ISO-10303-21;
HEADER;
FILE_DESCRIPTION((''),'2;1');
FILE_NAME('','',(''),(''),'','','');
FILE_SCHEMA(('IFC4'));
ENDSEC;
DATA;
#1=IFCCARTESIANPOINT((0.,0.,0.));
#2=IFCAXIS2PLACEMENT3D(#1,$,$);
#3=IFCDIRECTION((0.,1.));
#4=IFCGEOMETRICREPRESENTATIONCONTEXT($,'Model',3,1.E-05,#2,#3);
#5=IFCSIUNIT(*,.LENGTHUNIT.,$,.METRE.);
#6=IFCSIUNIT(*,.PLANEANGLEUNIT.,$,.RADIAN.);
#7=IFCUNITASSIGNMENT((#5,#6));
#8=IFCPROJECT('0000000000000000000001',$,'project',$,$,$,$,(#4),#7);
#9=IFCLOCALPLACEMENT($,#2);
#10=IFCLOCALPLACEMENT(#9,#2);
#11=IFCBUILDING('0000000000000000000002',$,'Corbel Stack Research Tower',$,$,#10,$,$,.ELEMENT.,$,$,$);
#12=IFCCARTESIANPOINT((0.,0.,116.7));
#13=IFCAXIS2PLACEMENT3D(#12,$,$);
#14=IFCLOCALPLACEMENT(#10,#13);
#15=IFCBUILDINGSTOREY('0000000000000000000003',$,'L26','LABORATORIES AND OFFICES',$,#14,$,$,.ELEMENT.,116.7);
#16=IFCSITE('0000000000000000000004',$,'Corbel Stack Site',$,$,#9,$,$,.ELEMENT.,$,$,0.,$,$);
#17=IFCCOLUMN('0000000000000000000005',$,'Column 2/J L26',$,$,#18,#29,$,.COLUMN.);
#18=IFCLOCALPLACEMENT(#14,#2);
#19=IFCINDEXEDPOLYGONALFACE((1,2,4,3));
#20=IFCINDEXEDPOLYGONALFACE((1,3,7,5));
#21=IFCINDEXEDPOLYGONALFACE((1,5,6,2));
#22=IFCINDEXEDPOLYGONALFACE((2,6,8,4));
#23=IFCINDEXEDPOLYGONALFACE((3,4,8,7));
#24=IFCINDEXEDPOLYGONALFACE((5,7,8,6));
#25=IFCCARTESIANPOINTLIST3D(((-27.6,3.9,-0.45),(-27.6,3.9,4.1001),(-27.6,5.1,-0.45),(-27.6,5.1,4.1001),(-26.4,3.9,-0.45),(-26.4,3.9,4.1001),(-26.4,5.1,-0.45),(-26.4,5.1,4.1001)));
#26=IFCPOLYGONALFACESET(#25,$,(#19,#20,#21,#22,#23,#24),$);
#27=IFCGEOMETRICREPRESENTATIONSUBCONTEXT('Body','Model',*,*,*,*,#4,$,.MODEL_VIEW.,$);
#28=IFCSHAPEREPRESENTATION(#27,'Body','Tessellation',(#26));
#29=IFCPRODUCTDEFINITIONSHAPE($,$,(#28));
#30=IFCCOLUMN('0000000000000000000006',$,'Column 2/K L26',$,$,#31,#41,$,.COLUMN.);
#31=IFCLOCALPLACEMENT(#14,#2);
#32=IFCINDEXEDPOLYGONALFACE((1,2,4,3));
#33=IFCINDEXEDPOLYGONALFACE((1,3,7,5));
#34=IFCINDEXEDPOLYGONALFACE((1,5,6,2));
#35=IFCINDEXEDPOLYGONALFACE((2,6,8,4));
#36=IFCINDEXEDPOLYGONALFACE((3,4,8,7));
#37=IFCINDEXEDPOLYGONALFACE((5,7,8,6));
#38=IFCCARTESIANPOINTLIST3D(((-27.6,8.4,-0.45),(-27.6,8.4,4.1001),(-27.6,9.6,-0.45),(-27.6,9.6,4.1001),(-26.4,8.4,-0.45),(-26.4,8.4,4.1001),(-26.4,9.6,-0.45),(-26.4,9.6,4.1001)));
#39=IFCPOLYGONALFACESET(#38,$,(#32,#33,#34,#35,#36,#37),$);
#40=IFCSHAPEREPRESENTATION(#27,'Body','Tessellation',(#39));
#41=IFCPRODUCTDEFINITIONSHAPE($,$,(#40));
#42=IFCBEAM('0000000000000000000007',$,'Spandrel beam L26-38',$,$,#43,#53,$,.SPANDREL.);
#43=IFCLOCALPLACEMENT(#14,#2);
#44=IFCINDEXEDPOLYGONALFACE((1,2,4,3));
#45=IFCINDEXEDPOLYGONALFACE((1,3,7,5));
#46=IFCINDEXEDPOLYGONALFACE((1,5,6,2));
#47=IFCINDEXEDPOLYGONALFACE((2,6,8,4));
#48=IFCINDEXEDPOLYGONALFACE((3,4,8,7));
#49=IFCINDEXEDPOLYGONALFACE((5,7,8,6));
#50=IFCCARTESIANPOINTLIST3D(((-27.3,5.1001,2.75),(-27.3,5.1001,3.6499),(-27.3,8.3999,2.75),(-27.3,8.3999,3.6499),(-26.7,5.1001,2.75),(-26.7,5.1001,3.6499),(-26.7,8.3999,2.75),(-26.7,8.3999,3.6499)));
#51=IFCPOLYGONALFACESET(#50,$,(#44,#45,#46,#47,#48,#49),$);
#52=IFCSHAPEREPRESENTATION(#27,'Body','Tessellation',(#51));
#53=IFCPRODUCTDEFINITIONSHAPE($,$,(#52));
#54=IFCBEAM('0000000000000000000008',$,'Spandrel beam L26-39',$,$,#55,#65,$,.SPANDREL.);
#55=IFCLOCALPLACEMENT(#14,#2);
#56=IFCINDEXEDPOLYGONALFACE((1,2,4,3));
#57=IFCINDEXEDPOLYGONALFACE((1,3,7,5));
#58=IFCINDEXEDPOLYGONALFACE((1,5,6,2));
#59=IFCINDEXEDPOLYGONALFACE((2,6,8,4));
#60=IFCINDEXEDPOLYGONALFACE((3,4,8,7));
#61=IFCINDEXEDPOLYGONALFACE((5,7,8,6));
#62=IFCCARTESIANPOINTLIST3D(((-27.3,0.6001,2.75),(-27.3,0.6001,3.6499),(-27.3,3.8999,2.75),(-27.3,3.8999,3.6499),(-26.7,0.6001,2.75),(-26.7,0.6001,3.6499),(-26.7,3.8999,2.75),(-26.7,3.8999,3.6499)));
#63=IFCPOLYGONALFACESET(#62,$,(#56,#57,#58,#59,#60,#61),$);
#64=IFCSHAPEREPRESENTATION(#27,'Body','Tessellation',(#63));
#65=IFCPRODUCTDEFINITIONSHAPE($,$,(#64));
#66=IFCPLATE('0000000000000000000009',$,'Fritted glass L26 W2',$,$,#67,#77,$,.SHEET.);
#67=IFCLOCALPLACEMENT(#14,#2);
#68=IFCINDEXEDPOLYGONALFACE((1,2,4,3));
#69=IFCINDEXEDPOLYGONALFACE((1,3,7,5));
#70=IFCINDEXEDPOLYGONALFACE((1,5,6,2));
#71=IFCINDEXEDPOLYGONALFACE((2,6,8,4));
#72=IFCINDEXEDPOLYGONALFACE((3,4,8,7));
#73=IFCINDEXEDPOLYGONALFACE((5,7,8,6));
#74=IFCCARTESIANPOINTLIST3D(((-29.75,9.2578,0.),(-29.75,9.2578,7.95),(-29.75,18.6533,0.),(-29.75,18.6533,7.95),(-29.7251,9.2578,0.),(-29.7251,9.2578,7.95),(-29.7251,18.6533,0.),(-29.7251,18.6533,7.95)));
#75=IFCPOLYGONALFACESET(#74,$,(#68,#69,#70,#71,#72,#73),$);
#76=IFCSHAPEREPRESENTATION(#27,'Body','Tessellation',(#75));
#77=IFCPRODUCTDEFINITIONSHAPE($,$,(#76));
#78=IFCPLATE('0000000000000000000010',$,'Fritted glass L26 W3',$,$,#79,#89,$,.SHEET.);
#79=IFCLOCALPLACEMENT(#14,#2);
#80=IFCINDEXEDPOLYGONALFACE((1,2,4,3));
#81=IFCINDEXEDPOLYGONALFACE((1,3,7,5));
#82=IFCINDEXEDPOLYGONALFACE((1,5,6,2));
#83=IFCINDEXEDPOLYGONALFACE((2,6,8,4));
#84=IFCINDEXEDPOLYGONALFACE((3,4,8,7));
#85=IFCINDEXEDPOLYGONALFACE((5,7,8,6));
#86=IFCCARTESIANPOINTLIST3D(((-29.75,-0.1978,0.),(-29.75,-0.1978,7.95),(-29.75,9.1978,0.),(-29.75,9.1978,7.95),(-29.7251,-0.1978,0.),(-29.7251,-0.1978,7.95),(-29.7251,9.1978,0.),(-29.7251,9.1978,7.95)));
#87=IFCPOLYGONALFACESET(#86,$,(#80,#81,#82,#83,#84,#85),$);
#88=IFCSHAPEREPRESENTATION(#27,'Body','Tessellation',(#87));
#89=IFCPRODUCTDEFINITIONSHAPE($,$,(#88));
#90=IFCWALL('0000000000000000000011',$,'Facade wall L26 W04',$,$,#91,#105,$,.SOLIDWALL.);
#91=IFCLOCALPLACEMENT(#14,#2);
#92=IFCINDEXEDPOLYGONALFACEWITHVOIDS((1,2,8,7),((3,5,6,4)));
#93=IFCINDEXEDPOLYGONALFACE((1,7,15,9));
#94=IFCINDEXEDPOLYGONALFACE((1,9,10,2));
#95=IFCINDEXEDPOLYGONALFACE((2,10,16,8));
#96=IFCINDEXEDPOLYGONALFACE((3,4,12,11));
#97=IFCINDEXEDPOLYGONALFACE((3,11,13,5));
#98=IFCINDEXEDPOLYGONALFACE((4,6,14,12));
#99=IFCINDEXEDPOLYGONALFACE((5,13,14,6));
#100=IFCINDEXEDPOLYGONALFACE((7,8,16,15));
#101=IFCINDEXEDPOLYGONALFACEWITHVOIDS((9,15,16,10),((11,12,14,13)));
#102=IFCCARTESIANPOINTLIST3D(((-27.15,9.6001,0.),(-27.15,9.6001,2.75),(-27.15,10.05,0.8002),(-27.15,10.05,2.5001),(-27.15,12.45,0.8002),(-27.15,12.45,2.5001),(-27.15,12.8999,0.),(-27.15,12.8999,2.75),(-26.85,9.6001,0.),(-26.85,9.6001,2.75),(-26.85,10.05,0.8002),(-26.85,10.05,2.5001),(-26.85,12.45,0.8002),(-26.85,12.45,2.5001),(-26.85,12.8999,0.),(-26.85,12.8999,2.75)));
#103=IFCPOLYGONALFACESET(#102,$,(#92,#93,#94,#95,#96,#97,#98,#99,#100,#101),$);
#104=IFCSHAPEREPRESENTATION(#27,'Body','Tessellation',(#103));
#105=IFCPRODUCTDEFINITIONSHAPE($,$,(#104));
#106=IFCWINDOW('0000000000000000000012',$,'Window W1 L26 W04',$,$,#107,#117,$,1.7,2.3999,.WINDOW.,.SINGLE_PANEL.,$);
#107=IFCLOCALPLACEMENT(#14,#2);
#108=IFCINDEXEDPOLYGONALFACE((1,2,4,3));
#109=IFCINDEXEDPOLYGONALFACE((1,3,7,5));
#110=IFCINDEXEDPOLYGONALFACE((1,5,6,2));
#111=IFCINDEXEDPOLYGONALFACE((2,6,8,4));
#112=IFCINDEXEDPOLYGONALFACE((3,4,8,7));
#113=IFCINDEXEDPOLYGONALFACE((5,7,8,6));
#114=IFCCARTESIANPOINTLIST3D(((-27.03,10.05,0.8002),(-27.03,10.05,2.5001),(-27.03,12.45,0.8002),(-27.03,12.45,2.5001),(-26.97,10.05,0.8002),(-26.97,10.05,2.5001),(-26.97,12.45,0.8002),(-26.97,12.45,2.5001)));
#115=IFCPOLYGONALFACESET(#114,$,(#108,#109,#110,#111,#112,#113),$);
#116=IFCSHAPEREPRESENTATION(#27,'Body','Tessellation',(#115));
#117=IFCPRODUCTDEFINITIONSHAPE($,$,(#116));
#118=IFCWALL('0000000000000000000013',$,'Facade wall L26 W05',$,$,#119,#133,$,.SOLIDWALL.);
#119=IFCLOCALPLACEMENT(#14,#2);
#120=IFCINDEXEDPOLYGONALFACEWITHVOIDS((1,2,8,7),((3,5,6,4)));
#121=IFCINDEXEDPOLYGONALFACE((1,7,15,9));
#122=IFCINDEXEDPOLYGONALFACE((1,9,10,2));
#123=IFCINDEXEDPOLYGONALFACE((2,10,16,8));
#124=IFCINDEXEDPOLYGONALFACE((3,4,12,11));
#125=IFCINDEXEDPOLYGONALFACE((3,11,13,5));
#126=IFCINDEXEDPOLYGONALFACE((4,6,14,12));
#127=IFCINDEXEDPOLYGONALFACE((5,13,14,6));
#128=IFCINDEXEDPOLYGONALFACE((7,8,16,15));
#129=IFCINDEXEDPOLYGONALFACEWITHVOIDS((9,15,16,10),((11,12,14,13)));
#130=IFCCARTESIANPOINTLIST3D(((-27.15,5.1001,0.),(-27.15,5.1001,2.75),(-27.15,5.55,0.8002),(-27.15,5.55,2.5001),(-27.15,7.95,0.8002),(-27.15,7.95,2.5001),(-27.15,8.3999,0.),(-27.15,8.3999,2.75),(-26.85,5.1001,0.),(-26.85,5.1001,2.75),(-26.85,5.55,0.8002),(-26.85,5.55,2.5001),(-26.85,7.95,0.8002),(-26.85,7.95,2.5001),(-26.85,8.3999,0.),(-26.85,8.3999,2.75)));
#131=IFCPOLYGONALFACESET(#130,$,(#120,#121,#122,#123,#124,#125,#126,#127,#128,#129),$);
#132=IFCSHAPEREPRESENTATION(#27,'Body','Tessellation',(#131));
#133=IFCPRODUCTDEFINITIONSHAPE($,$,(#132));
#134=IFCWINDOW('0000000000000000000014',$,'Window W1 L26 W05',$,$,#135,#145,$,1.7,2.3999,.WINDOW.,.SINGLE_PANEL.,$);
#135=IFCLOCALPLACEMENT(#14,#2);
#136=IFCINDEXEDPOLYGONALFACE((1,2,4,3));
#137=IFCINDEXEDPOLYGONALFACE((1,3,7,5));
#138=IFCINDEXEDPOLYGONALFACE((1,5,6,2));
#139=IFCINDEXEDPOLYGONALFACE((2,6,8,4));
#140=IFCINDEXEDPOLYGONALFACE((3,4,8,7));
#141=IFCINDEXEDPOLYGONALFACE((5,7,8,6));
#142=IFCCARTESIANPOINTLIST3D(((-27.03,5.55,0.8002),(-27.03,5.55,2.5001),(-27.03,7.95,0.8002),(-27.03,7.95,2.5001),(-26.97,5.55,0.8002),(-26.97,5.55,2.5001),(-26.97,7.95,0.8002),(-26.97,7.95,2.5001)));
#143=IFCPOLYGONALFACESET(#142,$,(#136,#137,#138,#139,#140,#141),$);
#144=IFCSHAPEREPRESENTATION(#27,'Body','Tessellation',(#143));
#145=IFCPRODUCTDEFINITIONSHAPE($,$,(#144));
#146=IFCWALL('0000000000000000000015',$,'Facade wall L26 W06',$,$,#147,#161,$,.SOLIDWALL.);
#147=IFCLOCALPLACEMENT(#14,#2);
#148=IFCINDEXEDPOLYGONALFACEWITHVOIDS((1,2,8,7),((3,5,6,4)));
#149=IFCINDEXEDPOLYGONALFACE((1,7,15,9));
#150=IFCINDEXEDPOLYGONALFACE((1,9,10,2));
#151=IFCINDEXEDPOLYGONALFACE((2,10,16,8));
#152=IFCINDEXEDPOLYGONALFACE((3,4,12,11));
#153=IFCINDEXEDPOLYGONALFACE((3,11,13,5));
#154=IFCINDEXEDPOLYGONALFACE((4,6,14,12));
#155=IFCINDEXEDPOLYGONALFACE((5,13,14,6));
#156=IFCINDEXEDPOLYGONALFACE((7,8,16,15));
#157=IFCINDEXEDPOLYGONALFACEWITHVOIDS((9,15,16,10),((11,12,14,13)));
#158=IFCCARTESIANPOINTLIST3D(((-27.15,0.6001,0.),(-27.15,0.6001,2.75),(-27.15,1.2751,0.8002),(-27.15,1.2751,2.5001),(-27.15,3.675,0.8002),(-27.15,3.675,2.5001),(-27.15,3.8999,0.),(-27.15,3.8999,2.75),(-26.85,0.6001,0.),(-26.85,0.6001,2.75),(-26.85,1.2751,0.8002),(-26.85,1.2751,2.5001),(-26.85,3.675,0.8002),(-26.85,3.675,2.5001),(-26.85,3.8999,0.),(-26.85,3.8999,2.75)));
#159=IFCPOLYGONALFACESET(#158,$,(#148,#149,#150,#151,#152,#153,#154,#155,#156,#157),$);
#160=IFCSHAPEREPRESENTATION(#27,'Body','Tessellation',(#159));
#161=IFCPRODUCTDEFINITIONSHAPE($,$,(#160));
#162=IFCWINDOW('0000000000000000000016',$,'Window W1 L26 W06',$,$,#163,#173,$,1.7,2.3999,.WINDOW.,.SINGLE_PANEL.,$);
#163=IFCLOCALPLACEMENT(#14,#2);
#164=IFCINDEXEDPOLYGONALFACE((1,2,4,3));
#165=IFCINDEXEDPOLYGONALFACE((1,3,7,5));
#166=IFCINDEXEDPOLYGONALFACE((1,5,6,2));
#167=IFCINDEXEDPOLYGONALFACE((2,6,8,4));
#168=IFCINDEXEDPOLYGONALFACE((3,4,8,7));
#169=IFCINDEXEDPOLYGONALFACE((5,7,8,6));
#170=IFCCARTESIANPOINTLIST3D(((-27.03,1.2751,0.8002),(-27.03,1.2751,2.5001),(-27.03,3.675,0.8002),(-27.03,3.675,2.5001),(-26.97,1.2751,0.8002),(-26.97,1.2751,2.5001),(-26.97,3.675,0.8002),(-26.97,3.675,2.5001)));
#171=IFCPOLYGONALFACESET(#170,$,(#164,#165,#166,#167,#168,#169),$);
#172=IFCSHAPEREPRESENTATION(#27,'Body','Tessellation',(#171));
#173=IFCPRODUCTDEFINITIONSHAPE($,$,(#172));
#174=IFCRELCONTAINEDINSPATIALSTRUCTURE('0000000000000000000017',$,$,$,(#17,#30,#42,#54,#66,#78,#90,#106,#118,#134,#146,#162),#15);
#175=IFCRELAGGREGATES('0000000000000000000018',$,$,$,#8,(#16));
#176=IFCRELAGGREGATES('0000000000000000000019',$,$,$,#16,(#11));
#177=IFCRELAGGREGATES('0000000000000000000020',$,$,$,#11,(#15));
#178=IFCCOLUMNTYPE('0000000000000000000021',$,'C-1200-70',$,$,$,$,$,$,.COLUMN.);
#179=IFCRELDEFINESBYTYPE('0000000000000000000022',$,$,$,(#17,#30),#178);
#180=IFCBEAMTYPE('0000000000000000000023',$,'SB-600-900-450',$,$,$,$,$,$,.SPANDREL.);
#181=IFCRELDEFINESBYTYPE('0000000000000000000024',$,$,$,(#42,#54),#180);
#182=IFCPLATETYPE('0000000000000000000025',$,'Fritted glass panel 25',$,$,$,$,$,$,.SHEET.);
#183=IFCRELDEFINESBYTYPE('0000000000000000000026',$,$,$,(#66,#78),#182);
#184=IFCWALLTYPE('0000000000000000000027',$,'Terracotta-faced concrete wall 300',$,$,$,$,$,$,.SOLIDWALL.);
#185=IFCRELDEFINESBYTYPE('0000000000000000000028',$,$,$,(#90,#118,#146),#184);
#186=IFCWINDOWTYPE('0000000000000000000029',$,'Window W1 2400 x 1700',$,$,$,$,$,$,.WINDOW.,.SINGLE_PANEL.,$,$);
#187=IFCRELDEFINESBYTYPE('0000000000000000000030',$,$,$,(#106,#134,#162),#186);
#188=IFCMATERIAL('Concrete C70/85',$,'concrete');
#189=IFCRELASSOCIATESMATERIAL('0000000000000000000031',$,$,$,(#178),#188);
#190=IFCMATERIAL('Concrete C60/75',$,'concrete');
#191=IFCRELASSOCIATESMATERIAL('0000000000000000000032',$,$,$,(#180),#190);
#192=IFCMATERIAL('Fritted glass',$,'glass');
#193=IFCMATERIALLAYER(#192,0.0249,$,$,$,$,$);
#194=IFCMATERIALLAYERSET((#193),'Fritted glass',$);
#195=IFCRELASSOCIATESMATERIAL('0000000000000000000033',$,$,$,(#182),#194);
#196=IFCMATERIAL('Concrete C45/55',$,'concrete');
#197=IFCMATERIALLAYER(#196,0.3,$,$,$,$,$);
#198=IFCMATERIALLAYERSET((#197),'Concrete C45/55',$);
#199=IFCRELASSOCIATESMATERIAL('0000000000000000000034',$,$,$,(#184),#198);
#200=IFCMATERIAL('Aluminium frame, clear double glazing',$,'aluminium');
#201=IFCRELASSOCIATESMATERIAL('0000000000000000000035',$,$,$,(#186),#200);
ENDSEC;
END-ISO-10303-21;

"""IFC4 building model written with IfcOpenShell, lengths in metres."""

from ifc_helpers import new_model, si_unit, direction, frame, frame_2d, origin, origin_2d, place, context, subcontext, project, spatial, rectangle, extrude, material, layer, layer_set, material_profile, profile_set, type_object, element, fill, save


model = new_model("IFC4")

# Units and contexts
model_context = context("Model", 3, precision=1e-05, world=origin(), true_north=direction((0.0, 1.0)))
body_context = subcontext(model_context, "Body", "Model", "MODEL_VIEW")
ifc_project = project(units=[si_unit("LENGTHUNIT", "METRE"), si_unit("PLANEANGLEUNIT", "RADIAN")], contexts=[model_context])

# Site, building, storey
site_placement = place(None, origin())
site = spatial("IfcSite", under=ifc_project, at=site_placement, Name="Corbel Stack Site", CompositionType="ELEMENT", RefElevation=0.0)
building_placement = place(site_placement, origin())
building = spatial("IfcBuilding", under=site, at=building_placement, Name="Corbel Stack Research Tower", CompositionType="ELEMENT")
storey_placement = place(building_placement, frame((0.0, 0.0, 116.7)))
storey = spatial("IfcBuildingStorey", under=building, at=storey_placement, Name="L26", Description="LABORATORIES AND OFFICES", CompositionType="ELEMENT", Elevation=116.7)

# Columns
ifc_material_1 = material(Name="Concrete C70/85", Category="concrete")
ifc_material_profile_1 = material_profile(ifc_material_1, rectangle(XDim=1.2, YDim=1.2, at=origin_2d()), Name="RC 1200 x 1200")
ifc_profile_set_1 = profile_set([ifc_material_profile_1], Name="Concrete C70/85")
column_type = type_object("IfcColumnType", Name="C-1200-70", PredefinedType="COLUMN", material=ifc_profile_set_1)
for number, where, z_axis, x_axis, name in (
    (1, (-27.0, 4.5, -0.45), (0.0, 0.0, 1.0), (1.0, 0.0, 0.0), "Column 2/J L26"),
    (2, (-27.0, 9.0, -0.45), (0.0, 0.0, 1.0), (1.0, 0.0, 0.0), "Column 2/K L26"),
):
    element("IfcColumn", number, at=place(storey_placement, frame(where, z_axis=z_axis, x_axis=x_axis)), inside=storey, type_object=column_type, Name=name, PredefinedType="COLUMN", context=body_context, shape_type="SweptSolid", body=[
        extrude(rectangle(XDim=1.2, YDim=1.2, at=origin_2d()), origin(), (0.0, 0.0, 1.0), 4.55),
    ])

# Beams
ifc_material_2 = material(Name="Concrete C60/75", Category="concrete")
ifc_material_profile_2 = material_profile(ifc_material_2, rectangle(XDim=0.6001, YDim=0.8999, at=origin_2d()), Name="RC 600 x 900")
ifc_profile_set_2 = profile_set([ifc_material_profile_2], Name="Concrete C60/75")
beam_type = type_object("IfcBeamType", Name="SB-600-900-450", PredefinedType="SPANDREL", material=ifc_profile_set_2)
for number, where, z_axis, x_axis, name in (
    (3, (-27.0, 8.3999, 3.2), (0.0, -1.0, 0.0), (1.0, 0.0, 0.0), "Spandrel beam L26-38"),
    (4, (-27.0, 3.8999, 3.2), (0.0, -1.0, 0.0), (1.0, 0.0, 0.0), "Spandrel beam L26-39"),
):
    element("IfcBeam", number, at=place(storey_placement, frame(where, z_axis=z_axis, x_axis=x_axis)), inside=storey, type_object=beam_type, Name=name, PredefinedType="SPANDREL", context=body_context, shape_type="SweptSolid", body=[
        extrude(rectangle(XDim=0.6001, YDim=0.8999, at=origin_2d()), origin(), (0.0, 0.0, 1.0), 3.2998),
    ])

# Plates
ifc_material_3 = material(Name="Fritted glass", Category="glass")
ifc_layer_1 = layer(ifc_material_3, 0.0249)
ifc_layer_set_1 = layer_set([ifc_layer_1], Name="Fritted glass")
plate_type = type_object("IfcPlateType", Name="Fritted glass panel 25", PredefinedType="SHEET", material=ifc_layer_set_1)
for number, where, z_axis, x_axis, name in (
    (5, (-29.7375, 13.9556, 0.0), (0.0, 0.0, 1.0), (0.0, -1.0, 0.0), "Fritted glass L26 W2"),
    (6, (-29.7375, 4.5, 0.0), (0.0, 0.0, 1.0), (0.0, -1.0, 0.0), "Fritted glass L26 W3"),
):
    element("IfcPlate", number, at=place(storey_placement, frame(where, z_axis=z_axis, x_axis=x_axis)), inside=storey, type_object=plate_type, Name=name, PredefinedType="SHEET", context=body_context, shape_type="SweptSolid", body=[
        extrude(rectangle(XDim=9.3955, YDim=0.0249, at=origin_2d()), origin(), (0.0, 0.0, 1.0), 7.95),
    ])

# Walls, openings, windows
ifc_material_4 = material(Name="Concrete C45/55", Category="concrete")
ifc_layer_2 = layer(ifc_material_4, 0.3)
ifc_layer_set_2 = layer_set([ifc_layer_2], Name="Concrete C45/55")
wall_type = type_object("IfcWallType", Name="Terracotta-faced concrete wall 300", PredefinedType="SOLIDWALL", material=ifc_layer_set_2)
wall_1_placement = place(storey_placement, frame((-27.0, 9.6001, 0.0), z_axis=(0.0, 0.0, 1.0), x_axis=(0.0, 1.0, 0.0)))
wall_1 = element("IfcWall", 7, at=wall_1_placement, inside=storey, type_object=wall_type, Name="Facade wall L26 W04", PredefinedType="SOLIDWALL", context=body_context, shape_type="SweptSolid", body=[
    extrude(rectangle(XDim=3.2998, YDim=0.3, at=frame_2d((1.6499, 0.0))), origin(), (0.0, 0.0, 1.0), 2.75),
])
opening_1_placement = place(wall_1_placement, frame((0.45, 0.0, 0.8)))
opening_1 = element("IfcOpeningElement", 8, at=opening_1_placement, cuts=wall_1, PredefinedType="OPENING", context=body_context, shape_type="SweptSolid", body=[
    extrude(rectangle(XDim=2.3999, YDim=1.7, at=frame_2d((1.2, 0.8501))), frame((0.0, 0.1599, 0.0), z_axis=(0.0, -1.0, 0.0), x_axis=(1.0, 0.0, 0.0)), (0.0, 0.0, 1.0), 0.3201),
])
ifc_material_5 = material(Name="Aluminium frame, clear double glazing", Category="aluminium")
window_type = type_object("IfcWindowType", Name="Window W1 2400 x 1700", PartitioningType="SINGLE_PANEL", PredefinedType="WINDOW", material=ifc_material_5)
window_1_placement = place(opening_1_placement, origin())
window_1 = element("IfcWindow", 9, at=window_1_placement, inside=storey, type_object=window_type, Name="Window W1 L26 W04", OverallHeight=1.7, OverallWidth=2.3999, PartitioningType="SINGLE_PANEL", PredefinedType="WINDOW", context=body_context, shape_type="SweptSolid", body=[
    extrude(rectangle(XDim=2.3999, YDim=1.7, at=frame_2d((1.2, 0.8501))), frame((0.0, 0.03, 0.0), z_axis=(0.0, -1.0, 0.0), x_axis=(1.0, 0.0, 0.0)), (0.0, 0.0, 1.0), 0.0601),
])
fill(opening_1, window_1)
wall_2_placement = place(storey_placement, frame((-27.0, 5.1001, 0.0), z_axis=(0.0, 0.0, 1.0), x_axis=(0.0, 1.0, 0.0)))
wall_2 = element("IfcWall", 10, at=wall_2_placement, inside=storey, type_object=wall_type, Name="Facade wall L26 W05", PredefinedType="SOLIDWALL", context=body_context, shape_type="SweptSolid", body=[
    extrude(rectangle(XDim=3.2998, YDim=0.3, at=frame_2d((1.6499, 0.0))), origin(), (0.0, 0.0, 1.0), 2.75),
])
opening_2_placement = place(wall_2_placement, frame((0.45, 0.0, 0.8)))
opening_2 = element("IfcOpeningElement", 11, at=opening_2_placement, cuts=wall_2, PredefinedType="OPENING", context=body_context, shape_type="SweptSolid", body=[
    extrude(rectangle(XDim=2.3999, YDim=1.7, at=frame_2d((1.2, 0.8501))), frame((0.0, 0.1599, 0.0), z_axis=(0.0, -1.0, 0.0), x_axis=(1.0, 0.0, 0.0)), (0.0, 0.0, 1.0), 0.3201),
])
window_2_placement = place(opening_2_placement, origin())
window_2 = element("IfcWindow", 12, at=window_2_placement, inside=storey, type_object=window_type, Name="Window W1 L26 W05", OverallHeight=1.7, OverallWidth=2.3999, PartitioningType="SINGLE_PANEL", PredefinedType="WINDOW", context=body_context, shape_type="SweptSolid", body=[
    extrude(rectangle(XDim=2.3999, YDim=1.7, at=frame_2d((1.2, 0.8501))), frame((0.0, 0.03, 0.0), z_axis=(0.0, -1.0, 0.0), x_axis=(1.0, 0.0, 0.0)), (0.0, 0.0, 1.0), 0.0601),
])
fill(opening_2, window_2)
wall_3_placement = place(storey_placement, frame((-27.0, 0.6001, 0.0), z_axis=(0.0, 0.0, 1.0), x_axis=(0.0, 1.0, 0.0)))
wall_3 = element("IfcWall", 13, at=wall_3_placement, inside=storey, type_object=wall_type, Name="Facade wall L26 W06", PredefinedType="SOLIDWALL", context=body_context, shape_type="SweptSolid", body=[
    extrude(rectangle(XDim=3.2998, YDim=0.3, at=frame_2d((1.6499, 0.0))), origin(), (0.0, 0.0, 1.0), 2.75),
])
opening_3_placement = place(wall_3_placement, frame((0.675, 0.0, 0.8)))
opening_3 = element("IfcOpeningElement", 14, at=opening_3_placement, cuts=wall_3, PredefinedType="OPENING", context=body_context, shape_type="SweptSolid", body=[
    extrude(rectangle(XDim=2.3999, YDim=1.7, at=frame_2d((1.2, 0.8501))), frame((0.0, 0.1599, 0.0), z_axis=(0.0, -1.0, 0.0), x_axis=(1.0, 0.0, 0.0)), (0.0, 0.0, 1.0), 0.3201),
])
window_3_placement = place(opening_3_placement, origin())
window_3 = element("IfcWindow", 15, at=window_3_placement, inside=storey, type_object=window_type, Name="Window W1 L26 W06", OverallHeight=1.7, OverallWidth=2.3999, PartitioningType="SINGLE_PANEL", PredefinedType="WINDOW", context=body_context, shape_type="SweptSolid", body=[
    extrude(rectangle(XDim=2.3999, YDim=1.7, at=frame_2d((1.2, 0.8501))), frame((0.0, 0.03, 0.0), z_axis=(0.0, -1.0, 0.0), x_axis=(1.0, 0.0, 0.0)), (0.0, 0.0, 1.0), 0.0601),
])
fill(opening_3, window_3)

save(model, "model.ifc")
